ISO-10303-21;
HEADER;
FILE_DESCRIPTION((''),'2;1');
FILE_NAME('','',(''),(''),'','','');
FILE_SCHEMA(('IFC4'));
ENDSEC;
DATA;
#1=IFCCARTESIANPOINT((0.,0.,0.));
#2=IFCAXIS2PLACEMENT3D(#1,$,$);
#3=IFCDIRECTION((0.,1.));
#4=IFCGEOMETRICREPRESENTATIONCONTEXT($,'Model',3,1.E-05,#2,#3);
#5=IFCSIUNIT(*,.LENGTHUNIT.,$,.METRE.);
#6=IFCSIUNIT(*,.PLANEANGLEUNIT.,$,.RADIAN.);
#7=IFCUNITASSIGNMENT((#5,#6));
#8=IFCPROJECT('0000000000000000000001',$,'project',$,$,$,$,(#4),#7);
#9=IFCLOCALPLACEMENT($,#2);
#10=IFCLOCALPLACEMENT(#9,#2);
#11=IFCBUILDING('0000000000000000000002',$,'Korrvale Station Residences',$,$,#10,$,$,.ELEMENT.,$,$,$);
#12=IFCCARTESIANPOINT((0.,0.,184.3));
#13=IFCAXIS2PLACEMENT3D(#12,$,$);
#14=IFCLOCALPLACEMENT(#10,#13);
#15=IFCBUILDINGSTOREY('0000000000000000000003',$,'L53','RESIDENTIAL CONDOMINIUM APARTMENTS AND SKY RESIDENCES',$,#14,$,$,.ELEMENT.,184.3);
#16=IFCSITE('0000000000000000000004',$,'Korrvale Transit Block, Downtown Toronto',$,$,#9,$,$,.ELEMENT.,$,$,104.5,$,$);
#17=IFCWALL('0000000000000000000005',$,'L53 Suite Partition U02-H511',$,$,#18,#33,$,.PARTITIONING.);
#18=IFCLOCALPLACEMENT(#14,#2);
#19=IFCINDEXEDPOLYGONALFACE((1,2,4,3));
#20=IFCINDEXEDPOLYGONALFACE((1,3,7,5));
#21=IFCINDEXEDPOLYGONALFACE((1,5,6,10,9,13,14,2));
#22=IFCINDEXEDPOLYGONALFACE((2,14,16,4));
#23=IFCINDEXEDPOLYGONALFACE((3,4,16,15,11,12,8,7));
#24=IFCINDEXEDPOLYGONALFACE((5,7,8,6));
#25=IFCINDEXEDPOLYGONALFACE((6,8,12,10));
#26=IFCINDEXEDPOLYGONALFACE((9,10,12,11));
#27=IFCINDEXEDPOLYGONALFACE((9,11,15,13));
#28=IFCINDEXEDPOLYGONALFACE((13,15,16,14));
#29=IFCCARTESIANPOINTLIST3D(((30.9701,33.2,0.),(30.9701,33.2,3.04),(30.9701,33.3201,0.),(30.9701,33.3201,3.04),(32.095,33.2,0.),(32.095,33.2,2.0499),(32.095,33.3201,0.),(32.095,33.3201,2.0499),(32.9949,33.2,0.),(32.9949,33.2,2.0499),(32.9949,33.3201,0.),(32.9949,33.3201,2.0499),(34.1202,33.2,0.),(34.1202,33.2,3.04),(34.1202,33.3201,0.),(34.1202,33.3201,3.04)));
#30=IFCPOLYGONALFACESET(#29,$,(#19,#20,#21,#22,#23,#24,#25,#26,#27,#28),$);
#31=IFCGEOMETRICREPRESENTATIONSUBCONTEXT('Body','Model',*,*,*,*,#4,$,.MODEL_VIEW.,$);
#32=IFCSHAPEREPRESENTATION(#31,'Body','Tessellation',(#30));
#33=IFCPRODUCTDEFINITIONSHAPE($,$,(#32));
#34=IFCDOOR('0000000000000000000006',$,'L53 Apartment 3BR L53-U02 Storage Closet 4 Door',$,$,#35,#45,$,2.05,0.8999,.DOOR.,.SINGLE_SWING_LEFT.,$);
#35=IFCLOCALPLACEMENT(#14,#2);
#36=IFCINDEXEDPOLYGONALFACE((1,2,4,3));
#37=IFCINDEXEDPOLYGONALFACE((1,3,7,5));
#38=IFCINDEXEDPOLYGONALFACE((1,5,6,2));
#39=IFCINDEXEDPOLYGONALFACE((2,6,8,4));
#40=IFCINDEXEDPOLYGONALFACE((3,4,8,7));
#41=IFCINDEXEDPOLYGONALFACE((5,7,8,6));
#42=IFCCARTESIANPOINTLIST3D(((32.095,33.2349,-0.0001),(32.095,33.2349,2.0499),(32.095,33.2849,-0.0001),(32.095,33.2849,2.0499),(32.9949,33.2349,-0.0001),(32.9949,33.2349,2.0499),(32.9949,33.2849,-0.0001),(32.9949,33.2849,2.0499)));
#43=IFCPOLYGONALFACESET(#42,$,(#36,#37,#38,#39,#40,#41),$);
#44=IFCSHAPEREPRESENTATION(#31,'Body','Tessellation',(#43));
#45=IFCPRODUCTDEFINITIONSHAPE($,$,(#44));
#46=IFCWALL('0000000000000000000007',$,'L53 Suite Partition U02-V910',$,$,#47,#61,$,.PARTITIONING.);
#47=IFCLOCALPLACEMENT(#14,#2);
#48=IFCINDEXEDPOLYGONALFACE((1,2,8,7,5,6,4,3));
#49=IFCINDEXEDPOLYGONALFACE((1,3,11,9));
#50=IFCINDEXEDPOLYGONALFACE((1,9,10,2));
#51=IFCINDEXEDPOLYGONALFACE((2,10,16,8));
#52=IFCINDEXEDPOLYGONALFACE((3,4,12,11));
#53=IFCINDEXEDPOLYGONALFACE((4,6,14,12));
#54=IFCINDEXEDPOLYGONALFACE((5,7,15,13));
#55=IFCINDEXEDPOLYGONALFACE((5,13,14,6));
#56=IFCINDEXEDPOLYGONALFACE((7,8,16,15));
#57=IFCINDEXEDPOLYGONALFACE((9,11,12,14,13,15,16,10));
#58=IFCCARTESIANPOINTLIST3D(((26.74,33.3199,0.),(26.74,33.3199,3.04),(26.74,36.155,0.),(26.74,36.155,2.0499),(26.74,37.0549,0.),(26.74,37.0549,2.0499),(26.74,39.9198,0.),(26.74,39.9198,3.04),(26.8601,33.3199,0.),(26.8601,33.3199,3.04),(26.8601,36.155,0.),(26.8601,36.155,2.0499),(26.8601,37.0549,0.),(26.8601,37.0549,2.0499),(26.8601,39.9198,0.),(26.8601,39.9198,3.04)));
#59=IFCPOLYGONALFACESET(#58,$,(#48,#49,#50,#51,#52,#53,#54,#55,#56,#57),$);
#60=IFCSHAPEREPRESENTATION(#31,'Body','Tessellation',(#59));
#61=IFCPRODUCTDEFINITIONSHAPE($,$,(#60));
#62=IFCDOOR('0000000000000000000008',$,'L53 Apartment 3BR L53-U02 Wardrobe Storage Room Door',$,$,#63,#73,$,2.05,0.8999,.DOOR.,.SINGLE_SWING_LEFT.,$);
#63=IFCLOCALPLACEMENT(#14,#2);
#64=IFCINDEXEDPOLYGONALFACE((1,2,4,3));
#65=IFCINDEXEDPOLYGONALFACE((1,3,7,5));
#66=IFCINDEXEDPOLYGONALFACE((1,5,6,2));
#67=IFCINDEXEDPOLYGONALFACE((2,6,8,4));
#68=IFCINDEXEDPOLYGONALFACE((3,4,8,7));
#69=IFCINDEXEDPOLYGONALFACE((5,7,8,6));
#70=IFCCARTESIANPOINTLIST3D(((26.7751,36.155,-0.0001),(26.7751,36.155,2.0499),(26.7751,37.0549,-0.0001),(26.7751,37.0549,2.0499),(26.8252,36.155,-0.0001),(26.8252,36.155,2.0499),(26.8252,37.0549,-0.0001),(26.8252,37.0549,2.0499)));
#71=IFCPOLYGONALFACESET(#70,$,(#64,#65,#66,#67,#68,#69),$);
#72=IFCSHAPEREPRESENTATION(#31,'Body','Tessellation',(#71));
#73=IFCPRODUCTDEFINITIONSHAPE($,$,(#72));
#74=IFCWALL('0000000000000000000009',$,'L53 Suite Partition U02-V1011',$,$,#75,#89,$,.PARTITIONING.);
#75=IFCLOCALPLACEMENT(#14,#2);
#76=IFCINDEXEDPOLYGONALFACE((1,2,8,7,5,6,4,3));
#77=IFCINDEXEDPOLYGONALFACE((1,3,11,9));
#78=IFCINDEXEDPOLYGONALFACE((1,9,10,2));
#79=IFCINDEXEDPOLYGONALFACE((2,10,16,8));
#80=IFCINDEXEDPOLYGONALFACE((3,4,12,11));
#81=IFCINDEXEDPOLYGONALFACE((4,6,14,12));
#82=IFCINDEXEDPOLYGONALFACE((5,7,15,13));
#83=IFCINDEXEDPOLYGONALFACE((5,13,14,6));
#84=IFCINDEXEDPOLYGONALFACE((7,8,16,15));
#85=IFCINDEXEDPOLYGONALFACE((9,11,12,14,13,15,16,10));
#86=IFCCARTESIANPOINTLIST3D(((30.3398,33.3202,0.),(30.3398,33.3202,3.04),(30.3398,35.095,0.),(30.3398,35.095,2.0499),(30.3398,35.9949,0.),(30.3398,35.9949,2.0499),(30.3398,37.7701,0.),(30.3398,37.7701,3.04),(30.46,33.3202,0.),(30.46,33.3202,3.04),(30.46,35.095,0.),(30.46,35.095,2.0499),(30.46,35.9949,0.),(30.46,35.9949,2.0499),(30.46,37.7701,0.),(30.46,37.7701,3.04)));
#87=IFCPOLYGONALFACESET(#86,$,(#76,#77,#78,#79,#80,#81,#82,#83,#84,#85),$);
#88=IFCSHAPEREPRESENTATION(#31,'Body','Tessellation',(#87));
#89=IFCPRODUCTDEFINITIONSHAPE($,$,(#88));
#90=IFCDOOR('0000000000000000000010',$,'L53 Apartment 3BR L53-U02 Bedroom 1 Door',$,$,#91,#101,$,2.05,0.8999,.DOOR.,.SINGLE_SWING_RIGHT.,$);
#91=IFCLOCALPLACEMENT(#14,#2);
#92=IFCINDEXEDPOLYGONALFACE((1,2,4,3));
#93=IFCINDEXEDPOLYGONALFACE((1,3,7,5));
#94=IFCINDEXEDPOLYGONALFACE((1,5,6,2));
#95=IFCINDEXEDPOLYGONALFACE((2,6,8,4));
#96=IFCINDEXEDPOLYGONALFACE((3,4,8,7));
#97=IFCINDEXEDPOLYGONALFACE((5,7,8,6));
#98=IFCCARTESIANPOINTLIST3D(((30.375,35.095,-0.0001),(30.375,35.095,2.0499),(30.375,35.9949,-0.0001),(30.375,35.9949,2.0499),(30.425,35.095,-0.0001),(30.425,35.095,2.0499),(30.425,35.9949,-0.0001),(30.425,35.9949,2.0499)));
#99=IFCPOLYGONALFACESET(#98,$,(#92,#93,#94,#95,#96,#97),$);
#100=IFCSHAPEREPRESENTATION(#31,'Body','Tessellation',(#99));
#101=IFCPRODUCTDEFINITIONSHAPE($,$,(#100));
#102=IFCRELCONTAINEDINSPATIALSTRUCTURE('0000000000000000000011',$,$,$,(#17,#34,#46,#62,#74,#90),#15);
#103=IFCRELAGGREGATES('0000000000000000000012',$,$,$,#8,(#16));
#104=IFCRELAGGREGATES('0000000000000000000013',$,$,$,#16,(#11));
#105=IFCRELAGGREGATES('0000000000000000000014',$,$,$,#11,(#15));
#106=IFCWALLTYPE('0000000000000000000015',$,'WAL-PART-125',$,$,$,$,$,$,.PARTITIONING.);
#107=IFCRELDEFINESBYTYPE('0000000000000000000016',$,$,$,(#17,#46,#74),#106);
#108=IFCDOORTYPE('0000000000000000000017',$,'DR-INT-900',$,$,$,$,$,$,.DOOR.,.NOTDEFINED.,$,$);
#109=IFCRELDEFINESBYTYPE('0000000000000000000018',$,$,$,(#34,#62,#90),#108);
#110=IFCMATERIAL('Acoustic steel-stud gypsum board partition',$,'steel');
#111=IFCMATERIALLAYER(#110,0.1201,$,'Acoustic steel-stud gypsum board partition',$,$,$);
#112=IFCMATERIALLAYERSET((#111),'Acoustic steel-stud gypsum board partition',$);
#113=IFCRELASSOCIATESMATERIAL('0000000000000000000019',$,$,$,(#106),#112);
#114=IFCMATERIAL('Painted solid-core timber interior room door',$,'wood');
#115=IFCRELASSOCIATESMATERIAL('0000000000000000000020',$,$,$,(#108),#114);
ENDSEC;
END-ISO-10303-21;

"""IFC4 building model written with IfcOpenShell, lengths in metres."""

from ifc_helpers import new_model, si_unit, direction, frame, frame_2d, origin, place, context, subcontext, project, spatial, rectangle, extrude, material, layer, layer_set, type_object, element, fill, save


model = new_model("IFC4")

# Units and contexts
model_context = context("Model", 3, precision=1e-05, world=origin(), true_north=direction((0.0, 1.0)))
body_context = subcontext(model_context, "Body", "Model", "MODEL_VIEW")
ifc_project = project(units=[si_unit("LENGTHUNIT", "METRE"), si_unit("PLANEANGLEUNIT", "RADIAN")], contexts=[model_context])

# Site, building, storey
site_placement = place(None, origin())
site = spatial("IfcSite", under=ifc_project, at=site_placement, Name="Korrvale Transit Block, Downtown Toronto", CompositionType="ELEMENT", RefElevation=104.5)
building_placement = place(site_placement, origin())
building = spatial("IfcBuilding", under=site, at=building_placement, Name="Korrvale Station Residences", CompositionType="ELEMENT")
storey_placement = place(building_placement, frame((0.0, 0.0, 184.3)))
storey = spatial("IfcBuildingStorey", under=building, at=storey_placement, Name="L53", Description="RESIDENTIAL CONDOMINIUM APARTMENTS AND SKY RESIDENCES", CompositionType="ELEMENT", Elevation=184.3)

# Walls, openings, doors
ifc_material_1 = material(Name="Acoustic steel-stud gypsum board partition", Category="steel")
ifc_layer_1 = layer(ifc_material_1, 0.1201, Name="Acoustic steel-stud gypsum board partition")
ifc_layer_set_1 = layer_set([ifc_layer_1], Name="Acoustic steel-stud gypsum board partition")
wall_type_1 = type_object("IfcWallType", Name="WAL-PART-125", PredefinedType="PARTITIONING", material=ifc_layer_set_1)
ifc_material_2 = material(Name="Painted solid-core timber interior room door", Category="wood")
door_type_1 = type_object("IfcDoorType", Name="DR-INT-900", OperationType="NOTDEFINED", PredefinedType="DOOR", material=ifc_material_2)
wall_1_placement = place(storey_placement, frame((30.97, 33.26, 0.0), z_axis=(0.0, 0.0, 1.0), x_axis=(1.0, 0.0, 0.0)))
wall_1 = element("IfcWall", 1, at=wall_1_placement, inside=storey, type_object=wall_type_1, Name="L53 Suite Partition U02-H511", PredefinedType="PARTITIONING", context=body_context, shape_type="SweptSolid", body=[
    extrude(rectangle(XDim=3.1501, YDim=0.1201, at=frame_2d((1.5752, 0.0))), origin(), (0.0, 0.0, 1.0), 3.04),
])
opening_1_placement = place(wall_1_placement, frame((1.125, 0.0, 0.0)))
opening_1 = element("IfcOpeningElement", 2, at=opening_1_placement, cuts=wall_1, PredefinedType="OPENING", context=body_context, shape_type="SweptSolid", body=[
    extrude(rectangle(XDim=0.8999, YDim=2.05, at=frame_2d((0.45, 1.0249))), frame((0.0, 0.0701, 0.0), z_axis=(0.0, -1.0, 0.0), x_axis=(1.0, 0.0, 0.0)), (0.0, 0.0, 1.0), 0.1401),
])
door_1_placement = place(opening_1_placement, origin())
door_1 = element("IfcDoor", 3, at=door_1_placement, inside=storey, type_object=door_type_1, Name="L53 Apartment 3BR L53-U02 Storage Closet 4 Door", OperationType="SINGLE_SWING_LEFT", OverallHeight=2.05, OverallWidth=0.8999, PredefinedType="DOOR", context=body_context, shape_type="SweptSolid", body=[
    extrude(rectangle(XDim=0.8999, YDim=2.05, at=frame_2d((0.45, 1.0249))), frame((0.0, 0.0249, 0.0), z_axis=(0.0, -1.0, 0.0), x_axis=(1.0, 0.0, 0.0)), (0.0, 0.0, 1.0), 0.05),
])
fill(opening_1, door_1)
wall_2_placement = place(storey_placement, frame((26.8, 33.3201, 0.0), z_axis=(0.0, 0.0, 1.0), x_axis=(0.0, 1.0, 0.0)))
wall_2 = element("IfcWall", 4, at=wall_2_placement, inside=storey, type_object=wall_type_1, Name="L53 Suite Partition U02-V910", PredefinedType="PARTITIONING", context=body_context, shape_type="SweptSolid", body=[
    extrude(rectangle(XDim=6.5999, YDim=0.1201, at=frame_2d((3.2998, 0.0))), origin(), (0.0, 0.0, 1.0), 3.04),
])
opening_2_placement = place(wall_2_placement, frame((2.835, 0.0, 0.0)))
opening_2 = element("IfcOpeningElement", 5, at=opening_2_placement, cuts=wall_2, PredefinedType="OPENING", context=body_context, shape_type="SweptSolid", body=[
    extrude(rectangle(XDim=0.8999, YDim=2.05, at=frame_2d((0.45, 1.0249))), frame((0.0, 0.0701, 0.0), z_axis=(0.0, -1.0, 0.0), x_axis=(1.0, 0.0, 0.0)), (0.0, 0.0, 1.0), 0.1401),
])
door_2_placement = place(opening_2_placement, origin())
door_2 = element("IfcDoor", 6, at=door_2_placement, inside=storey, type_object=door_type_1, Name="L53 Apartment 3BR L53-U02 Wardrobe Storage Room Door", OperationType="SINGLE_SWING_LEFT", OverallHeight=2.05, OverallWidth=0.8999, PredefinedType="DOOR", context=body_context, shape_type="SweptSolid", body=[
    extrude(rectangle(XDim=0.8999, YDim=2.05, at=frame_2d((0.45, 1.0249))), frame((0.0, 0.0249, 0.0), z_axis=(0.0, -1.0, 0.0), x_axis=(1.0, 0.0, 0.0)), (0.0, 0.0, 1.0), 0.05),
])
fill(opening_2, door_2)
wall_3_placement = place(storey_placement, frame((30.3999, 33.3201, 0.0), z_axis=(0.0, 0.0, 1.0), x_axis=(0.0, 1.0, 0.0)))
wall_3 = element("IfcWall", 7, at=wall_3_placement, inside=storey, type_object=wall_type_1, Name="L53 Suite Partition U02-V1011", PredefinedType="PARTITIONING", context=body_context, shape_type="SweptSolid", body=[
    extrude(rectangle(XDim=4.45, YDim=0.1201, at=frame_2d((2.2251, 0.0))), origin(), (0.0, 0.0, 1.0), 3.04),
])
opening_3_placement = place(wall_3_placement, frame((1.7749, 0.0, 0.0)))
opening_3 = element("IfcOpeningElement", 8, at=opening_3_placement, cuts=wall_3, PredefinedType="OPENING", context=body_context, shape_type="SweptSolid", body=[
    extrude(rectangle(XDim=0.8999, YDim=2.05, at=frame_2d((0.45, 1.0249))), frame((0.0, 0.0701, 0.0), z_axis=(0.0, -1.0, 0.0), x_axis=(1.0, 0.0, 0.0)), (0.0, 0.0, 1.0), 0.1401),
])
door_3_placement = place(opening_3_placement, origin())
door_3 = element("IfcDoor", 9, at=door_3_placement, inside=storey, type_object=door_type_1, Name="L53 Apartment 3BR L53-U02 Bedroom 1 Door", OperationType="SINGLE_SWING_RIGHT", OverallHeight=2.05, OverallWidth=0.8999, PredefinedType="DOOR", context=body_context, shape_type="SweptSolid", body=[
    extrude(rectangle(XDim=0.8999, YDim=2.05, at=frame_2d((0.45, 1.0249))), frame((0.0, 0.0249, 0.0), z_axis=(0.0, -1.0, 0.0), x_axis=(1.0, 0.0, 0.0)), (0.0, 0.0, 1.0), 0.05),
])
fill(opening_3, door_3)

save(model, "model.ifc")
